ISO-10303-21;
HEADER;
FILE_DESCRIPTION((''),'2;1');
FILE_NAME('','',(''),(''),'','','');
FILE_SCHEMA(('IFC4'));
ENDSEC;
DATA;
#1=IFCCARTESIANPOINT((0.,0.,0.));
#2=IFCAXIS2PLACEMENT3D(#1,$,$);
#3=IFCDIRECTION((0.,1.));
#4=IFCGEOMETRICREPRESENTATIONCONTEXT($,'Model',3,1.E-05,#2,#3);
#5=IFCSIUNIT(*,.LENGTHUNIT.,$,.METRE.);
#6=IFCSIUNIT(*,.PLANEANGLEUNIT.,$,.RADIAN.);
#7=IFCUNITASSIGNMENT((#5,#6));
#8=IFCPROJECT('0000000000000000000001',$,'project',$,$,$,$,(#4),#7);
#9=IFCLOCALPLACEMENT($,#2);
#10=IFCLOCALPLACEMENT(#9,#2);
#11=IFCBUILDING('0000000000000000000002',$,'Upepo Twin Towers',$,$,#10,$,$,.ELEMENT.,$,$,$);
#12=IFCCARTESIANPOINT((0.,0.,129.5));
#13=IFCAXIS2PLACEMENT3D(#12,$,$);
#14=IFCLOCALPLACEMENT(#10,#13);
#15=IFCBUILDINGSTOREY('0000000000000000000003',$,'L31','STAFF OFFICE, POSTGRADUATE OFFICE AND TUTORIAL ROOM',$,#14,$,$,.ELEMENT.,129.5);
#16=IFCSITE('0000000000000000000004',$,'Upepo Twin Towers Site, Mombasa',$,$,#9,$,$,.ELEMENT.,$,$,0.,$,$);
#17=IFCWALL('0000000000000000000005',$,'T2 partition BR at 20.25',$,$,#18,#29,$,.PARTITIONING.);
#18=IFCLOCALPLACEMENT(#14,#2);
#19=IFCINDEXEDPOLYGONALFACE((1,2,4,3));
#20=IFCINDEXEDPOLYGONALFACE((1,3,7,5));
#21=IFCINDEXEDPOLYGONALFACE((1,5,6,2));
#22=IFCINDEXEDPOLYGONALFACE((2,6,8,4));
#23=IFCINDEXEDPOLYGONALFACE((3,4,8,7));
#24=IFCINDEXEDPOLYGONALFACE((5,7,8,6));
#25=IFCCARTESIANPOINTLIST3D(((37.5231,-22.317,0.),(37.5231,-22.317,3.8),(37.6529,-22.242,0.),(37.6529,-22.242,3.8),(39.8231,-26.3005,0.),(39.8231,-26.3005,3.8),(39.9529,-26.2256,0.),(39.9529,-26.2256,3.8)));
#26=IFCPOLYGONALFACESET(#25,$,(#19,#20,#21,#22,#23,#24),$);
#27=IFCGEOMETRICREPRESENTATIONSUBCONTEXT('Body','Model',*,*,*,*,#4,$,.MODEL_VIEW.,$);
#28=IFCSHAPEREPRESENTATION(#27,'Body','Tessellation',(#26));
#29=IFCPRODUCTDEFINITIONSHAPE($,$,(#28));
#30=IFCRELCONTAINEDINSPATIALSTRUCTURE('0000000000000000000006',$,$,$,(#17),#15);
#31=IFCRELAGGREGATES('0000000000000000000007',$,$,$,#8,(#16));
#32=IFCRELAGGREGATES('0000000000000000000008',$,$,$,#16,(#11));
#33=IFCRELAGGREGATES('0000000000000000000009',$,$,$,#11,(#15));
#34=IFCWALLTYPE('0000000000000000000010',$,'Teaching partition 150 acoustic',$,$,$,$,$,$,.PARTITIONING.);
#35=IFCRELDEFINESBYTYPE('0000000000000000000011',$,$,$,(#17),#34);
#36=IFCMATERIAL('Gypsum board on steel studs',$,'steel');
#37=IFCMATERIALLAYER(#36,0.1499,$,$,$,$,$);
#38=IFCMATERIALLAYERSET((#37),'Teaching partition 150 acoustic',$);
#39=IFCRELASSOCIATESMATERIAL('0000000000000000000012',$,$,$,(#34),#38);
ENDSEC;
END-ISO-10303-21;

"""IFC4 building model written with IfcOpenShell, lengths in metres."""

from ifc_helpers import new_model, si_unit, direction, frame, frame_2d, origin, place, context, subcontext, project, spatial, rectangle, extrude, material, layer, layer_set, type_object, element, save


model = new_model("IFC4")

# Units and contexts
model_context = context("Model", 3, precision=1e-05, world=origin(), true_north=direction((0.0, 1.0)))
body_context = subcontext(model_context, "Body", "Model", "MODEL_VIEW")
ifc_project = project(units=[si_unit("LENGTHUNIT", "METRE"), si_unit("PLANEANGLEUNIT", "RADIAN")], contexts=[model_context])

# Site, building, storey
site_placement = place(None, origin())
site = spatial("IfcSite", under=ifc_project, at=site_placement, Name="Upepo Twin Towers Site, Mombasa", CompositionType="ELEMENT", RefElevation=0.0)
building_placement = place(site_placement, origin())
building = spatial("IfcBuilding", under=site, at=building_placement, Name="Upepo Twin Towers", CompositionType="ELEMENT")
storey_placement = place(building_placement, frame((0.0, 0.0, 129.5)))
storey = spatial("IfcBuildingStorey", under=building, at=storey_placement, Name="L31", Description="STAFF OFFICE, POSTGRADUATE OFFICE AND TUTORIAL ROOM", CompositionType="ELEMENT", Elevation=129.5)

# Shared definitions
ifc_material_1 = material(Name="Gypsum board on steel studs", Category="steel")
ifc_layer_1 = layer(ifc_material_1, 0.1499)
ifc_layer_set_1 = layer_set([ifc_layer_1], Name="Teaching partition 150 acoustic")
wall_type_1 = type_object("IfcWallType", Name="Teaching partition 150 acoustic", PredefinedType="PARTITIONING", material=ifc_layer_set_1)

# Wall
wall_1_placement = place(storey_placement, frame((39.8879, -26.2629, 0.0), z_axis=(0.0, 0.0, 1.0), x_axis=(-0.500015, 0.866017, 0.0)))
element("IfcWall", 1, at=wall_1_placement, inside=storey, type_object=wall_type_1, Name="T2 partition BR at 20.25", PredefinedType="PARTITIONING", context=body_context, shape_type="SweptSolid", body=[
    extrude(rectangle(XDim=4.5999, YDim=0.1499, at=frame_2d((2.2998, 0.0))), origin(), (0.0, 0.0, 1.0), 3.8),
])

save(model, "model.ifc")
